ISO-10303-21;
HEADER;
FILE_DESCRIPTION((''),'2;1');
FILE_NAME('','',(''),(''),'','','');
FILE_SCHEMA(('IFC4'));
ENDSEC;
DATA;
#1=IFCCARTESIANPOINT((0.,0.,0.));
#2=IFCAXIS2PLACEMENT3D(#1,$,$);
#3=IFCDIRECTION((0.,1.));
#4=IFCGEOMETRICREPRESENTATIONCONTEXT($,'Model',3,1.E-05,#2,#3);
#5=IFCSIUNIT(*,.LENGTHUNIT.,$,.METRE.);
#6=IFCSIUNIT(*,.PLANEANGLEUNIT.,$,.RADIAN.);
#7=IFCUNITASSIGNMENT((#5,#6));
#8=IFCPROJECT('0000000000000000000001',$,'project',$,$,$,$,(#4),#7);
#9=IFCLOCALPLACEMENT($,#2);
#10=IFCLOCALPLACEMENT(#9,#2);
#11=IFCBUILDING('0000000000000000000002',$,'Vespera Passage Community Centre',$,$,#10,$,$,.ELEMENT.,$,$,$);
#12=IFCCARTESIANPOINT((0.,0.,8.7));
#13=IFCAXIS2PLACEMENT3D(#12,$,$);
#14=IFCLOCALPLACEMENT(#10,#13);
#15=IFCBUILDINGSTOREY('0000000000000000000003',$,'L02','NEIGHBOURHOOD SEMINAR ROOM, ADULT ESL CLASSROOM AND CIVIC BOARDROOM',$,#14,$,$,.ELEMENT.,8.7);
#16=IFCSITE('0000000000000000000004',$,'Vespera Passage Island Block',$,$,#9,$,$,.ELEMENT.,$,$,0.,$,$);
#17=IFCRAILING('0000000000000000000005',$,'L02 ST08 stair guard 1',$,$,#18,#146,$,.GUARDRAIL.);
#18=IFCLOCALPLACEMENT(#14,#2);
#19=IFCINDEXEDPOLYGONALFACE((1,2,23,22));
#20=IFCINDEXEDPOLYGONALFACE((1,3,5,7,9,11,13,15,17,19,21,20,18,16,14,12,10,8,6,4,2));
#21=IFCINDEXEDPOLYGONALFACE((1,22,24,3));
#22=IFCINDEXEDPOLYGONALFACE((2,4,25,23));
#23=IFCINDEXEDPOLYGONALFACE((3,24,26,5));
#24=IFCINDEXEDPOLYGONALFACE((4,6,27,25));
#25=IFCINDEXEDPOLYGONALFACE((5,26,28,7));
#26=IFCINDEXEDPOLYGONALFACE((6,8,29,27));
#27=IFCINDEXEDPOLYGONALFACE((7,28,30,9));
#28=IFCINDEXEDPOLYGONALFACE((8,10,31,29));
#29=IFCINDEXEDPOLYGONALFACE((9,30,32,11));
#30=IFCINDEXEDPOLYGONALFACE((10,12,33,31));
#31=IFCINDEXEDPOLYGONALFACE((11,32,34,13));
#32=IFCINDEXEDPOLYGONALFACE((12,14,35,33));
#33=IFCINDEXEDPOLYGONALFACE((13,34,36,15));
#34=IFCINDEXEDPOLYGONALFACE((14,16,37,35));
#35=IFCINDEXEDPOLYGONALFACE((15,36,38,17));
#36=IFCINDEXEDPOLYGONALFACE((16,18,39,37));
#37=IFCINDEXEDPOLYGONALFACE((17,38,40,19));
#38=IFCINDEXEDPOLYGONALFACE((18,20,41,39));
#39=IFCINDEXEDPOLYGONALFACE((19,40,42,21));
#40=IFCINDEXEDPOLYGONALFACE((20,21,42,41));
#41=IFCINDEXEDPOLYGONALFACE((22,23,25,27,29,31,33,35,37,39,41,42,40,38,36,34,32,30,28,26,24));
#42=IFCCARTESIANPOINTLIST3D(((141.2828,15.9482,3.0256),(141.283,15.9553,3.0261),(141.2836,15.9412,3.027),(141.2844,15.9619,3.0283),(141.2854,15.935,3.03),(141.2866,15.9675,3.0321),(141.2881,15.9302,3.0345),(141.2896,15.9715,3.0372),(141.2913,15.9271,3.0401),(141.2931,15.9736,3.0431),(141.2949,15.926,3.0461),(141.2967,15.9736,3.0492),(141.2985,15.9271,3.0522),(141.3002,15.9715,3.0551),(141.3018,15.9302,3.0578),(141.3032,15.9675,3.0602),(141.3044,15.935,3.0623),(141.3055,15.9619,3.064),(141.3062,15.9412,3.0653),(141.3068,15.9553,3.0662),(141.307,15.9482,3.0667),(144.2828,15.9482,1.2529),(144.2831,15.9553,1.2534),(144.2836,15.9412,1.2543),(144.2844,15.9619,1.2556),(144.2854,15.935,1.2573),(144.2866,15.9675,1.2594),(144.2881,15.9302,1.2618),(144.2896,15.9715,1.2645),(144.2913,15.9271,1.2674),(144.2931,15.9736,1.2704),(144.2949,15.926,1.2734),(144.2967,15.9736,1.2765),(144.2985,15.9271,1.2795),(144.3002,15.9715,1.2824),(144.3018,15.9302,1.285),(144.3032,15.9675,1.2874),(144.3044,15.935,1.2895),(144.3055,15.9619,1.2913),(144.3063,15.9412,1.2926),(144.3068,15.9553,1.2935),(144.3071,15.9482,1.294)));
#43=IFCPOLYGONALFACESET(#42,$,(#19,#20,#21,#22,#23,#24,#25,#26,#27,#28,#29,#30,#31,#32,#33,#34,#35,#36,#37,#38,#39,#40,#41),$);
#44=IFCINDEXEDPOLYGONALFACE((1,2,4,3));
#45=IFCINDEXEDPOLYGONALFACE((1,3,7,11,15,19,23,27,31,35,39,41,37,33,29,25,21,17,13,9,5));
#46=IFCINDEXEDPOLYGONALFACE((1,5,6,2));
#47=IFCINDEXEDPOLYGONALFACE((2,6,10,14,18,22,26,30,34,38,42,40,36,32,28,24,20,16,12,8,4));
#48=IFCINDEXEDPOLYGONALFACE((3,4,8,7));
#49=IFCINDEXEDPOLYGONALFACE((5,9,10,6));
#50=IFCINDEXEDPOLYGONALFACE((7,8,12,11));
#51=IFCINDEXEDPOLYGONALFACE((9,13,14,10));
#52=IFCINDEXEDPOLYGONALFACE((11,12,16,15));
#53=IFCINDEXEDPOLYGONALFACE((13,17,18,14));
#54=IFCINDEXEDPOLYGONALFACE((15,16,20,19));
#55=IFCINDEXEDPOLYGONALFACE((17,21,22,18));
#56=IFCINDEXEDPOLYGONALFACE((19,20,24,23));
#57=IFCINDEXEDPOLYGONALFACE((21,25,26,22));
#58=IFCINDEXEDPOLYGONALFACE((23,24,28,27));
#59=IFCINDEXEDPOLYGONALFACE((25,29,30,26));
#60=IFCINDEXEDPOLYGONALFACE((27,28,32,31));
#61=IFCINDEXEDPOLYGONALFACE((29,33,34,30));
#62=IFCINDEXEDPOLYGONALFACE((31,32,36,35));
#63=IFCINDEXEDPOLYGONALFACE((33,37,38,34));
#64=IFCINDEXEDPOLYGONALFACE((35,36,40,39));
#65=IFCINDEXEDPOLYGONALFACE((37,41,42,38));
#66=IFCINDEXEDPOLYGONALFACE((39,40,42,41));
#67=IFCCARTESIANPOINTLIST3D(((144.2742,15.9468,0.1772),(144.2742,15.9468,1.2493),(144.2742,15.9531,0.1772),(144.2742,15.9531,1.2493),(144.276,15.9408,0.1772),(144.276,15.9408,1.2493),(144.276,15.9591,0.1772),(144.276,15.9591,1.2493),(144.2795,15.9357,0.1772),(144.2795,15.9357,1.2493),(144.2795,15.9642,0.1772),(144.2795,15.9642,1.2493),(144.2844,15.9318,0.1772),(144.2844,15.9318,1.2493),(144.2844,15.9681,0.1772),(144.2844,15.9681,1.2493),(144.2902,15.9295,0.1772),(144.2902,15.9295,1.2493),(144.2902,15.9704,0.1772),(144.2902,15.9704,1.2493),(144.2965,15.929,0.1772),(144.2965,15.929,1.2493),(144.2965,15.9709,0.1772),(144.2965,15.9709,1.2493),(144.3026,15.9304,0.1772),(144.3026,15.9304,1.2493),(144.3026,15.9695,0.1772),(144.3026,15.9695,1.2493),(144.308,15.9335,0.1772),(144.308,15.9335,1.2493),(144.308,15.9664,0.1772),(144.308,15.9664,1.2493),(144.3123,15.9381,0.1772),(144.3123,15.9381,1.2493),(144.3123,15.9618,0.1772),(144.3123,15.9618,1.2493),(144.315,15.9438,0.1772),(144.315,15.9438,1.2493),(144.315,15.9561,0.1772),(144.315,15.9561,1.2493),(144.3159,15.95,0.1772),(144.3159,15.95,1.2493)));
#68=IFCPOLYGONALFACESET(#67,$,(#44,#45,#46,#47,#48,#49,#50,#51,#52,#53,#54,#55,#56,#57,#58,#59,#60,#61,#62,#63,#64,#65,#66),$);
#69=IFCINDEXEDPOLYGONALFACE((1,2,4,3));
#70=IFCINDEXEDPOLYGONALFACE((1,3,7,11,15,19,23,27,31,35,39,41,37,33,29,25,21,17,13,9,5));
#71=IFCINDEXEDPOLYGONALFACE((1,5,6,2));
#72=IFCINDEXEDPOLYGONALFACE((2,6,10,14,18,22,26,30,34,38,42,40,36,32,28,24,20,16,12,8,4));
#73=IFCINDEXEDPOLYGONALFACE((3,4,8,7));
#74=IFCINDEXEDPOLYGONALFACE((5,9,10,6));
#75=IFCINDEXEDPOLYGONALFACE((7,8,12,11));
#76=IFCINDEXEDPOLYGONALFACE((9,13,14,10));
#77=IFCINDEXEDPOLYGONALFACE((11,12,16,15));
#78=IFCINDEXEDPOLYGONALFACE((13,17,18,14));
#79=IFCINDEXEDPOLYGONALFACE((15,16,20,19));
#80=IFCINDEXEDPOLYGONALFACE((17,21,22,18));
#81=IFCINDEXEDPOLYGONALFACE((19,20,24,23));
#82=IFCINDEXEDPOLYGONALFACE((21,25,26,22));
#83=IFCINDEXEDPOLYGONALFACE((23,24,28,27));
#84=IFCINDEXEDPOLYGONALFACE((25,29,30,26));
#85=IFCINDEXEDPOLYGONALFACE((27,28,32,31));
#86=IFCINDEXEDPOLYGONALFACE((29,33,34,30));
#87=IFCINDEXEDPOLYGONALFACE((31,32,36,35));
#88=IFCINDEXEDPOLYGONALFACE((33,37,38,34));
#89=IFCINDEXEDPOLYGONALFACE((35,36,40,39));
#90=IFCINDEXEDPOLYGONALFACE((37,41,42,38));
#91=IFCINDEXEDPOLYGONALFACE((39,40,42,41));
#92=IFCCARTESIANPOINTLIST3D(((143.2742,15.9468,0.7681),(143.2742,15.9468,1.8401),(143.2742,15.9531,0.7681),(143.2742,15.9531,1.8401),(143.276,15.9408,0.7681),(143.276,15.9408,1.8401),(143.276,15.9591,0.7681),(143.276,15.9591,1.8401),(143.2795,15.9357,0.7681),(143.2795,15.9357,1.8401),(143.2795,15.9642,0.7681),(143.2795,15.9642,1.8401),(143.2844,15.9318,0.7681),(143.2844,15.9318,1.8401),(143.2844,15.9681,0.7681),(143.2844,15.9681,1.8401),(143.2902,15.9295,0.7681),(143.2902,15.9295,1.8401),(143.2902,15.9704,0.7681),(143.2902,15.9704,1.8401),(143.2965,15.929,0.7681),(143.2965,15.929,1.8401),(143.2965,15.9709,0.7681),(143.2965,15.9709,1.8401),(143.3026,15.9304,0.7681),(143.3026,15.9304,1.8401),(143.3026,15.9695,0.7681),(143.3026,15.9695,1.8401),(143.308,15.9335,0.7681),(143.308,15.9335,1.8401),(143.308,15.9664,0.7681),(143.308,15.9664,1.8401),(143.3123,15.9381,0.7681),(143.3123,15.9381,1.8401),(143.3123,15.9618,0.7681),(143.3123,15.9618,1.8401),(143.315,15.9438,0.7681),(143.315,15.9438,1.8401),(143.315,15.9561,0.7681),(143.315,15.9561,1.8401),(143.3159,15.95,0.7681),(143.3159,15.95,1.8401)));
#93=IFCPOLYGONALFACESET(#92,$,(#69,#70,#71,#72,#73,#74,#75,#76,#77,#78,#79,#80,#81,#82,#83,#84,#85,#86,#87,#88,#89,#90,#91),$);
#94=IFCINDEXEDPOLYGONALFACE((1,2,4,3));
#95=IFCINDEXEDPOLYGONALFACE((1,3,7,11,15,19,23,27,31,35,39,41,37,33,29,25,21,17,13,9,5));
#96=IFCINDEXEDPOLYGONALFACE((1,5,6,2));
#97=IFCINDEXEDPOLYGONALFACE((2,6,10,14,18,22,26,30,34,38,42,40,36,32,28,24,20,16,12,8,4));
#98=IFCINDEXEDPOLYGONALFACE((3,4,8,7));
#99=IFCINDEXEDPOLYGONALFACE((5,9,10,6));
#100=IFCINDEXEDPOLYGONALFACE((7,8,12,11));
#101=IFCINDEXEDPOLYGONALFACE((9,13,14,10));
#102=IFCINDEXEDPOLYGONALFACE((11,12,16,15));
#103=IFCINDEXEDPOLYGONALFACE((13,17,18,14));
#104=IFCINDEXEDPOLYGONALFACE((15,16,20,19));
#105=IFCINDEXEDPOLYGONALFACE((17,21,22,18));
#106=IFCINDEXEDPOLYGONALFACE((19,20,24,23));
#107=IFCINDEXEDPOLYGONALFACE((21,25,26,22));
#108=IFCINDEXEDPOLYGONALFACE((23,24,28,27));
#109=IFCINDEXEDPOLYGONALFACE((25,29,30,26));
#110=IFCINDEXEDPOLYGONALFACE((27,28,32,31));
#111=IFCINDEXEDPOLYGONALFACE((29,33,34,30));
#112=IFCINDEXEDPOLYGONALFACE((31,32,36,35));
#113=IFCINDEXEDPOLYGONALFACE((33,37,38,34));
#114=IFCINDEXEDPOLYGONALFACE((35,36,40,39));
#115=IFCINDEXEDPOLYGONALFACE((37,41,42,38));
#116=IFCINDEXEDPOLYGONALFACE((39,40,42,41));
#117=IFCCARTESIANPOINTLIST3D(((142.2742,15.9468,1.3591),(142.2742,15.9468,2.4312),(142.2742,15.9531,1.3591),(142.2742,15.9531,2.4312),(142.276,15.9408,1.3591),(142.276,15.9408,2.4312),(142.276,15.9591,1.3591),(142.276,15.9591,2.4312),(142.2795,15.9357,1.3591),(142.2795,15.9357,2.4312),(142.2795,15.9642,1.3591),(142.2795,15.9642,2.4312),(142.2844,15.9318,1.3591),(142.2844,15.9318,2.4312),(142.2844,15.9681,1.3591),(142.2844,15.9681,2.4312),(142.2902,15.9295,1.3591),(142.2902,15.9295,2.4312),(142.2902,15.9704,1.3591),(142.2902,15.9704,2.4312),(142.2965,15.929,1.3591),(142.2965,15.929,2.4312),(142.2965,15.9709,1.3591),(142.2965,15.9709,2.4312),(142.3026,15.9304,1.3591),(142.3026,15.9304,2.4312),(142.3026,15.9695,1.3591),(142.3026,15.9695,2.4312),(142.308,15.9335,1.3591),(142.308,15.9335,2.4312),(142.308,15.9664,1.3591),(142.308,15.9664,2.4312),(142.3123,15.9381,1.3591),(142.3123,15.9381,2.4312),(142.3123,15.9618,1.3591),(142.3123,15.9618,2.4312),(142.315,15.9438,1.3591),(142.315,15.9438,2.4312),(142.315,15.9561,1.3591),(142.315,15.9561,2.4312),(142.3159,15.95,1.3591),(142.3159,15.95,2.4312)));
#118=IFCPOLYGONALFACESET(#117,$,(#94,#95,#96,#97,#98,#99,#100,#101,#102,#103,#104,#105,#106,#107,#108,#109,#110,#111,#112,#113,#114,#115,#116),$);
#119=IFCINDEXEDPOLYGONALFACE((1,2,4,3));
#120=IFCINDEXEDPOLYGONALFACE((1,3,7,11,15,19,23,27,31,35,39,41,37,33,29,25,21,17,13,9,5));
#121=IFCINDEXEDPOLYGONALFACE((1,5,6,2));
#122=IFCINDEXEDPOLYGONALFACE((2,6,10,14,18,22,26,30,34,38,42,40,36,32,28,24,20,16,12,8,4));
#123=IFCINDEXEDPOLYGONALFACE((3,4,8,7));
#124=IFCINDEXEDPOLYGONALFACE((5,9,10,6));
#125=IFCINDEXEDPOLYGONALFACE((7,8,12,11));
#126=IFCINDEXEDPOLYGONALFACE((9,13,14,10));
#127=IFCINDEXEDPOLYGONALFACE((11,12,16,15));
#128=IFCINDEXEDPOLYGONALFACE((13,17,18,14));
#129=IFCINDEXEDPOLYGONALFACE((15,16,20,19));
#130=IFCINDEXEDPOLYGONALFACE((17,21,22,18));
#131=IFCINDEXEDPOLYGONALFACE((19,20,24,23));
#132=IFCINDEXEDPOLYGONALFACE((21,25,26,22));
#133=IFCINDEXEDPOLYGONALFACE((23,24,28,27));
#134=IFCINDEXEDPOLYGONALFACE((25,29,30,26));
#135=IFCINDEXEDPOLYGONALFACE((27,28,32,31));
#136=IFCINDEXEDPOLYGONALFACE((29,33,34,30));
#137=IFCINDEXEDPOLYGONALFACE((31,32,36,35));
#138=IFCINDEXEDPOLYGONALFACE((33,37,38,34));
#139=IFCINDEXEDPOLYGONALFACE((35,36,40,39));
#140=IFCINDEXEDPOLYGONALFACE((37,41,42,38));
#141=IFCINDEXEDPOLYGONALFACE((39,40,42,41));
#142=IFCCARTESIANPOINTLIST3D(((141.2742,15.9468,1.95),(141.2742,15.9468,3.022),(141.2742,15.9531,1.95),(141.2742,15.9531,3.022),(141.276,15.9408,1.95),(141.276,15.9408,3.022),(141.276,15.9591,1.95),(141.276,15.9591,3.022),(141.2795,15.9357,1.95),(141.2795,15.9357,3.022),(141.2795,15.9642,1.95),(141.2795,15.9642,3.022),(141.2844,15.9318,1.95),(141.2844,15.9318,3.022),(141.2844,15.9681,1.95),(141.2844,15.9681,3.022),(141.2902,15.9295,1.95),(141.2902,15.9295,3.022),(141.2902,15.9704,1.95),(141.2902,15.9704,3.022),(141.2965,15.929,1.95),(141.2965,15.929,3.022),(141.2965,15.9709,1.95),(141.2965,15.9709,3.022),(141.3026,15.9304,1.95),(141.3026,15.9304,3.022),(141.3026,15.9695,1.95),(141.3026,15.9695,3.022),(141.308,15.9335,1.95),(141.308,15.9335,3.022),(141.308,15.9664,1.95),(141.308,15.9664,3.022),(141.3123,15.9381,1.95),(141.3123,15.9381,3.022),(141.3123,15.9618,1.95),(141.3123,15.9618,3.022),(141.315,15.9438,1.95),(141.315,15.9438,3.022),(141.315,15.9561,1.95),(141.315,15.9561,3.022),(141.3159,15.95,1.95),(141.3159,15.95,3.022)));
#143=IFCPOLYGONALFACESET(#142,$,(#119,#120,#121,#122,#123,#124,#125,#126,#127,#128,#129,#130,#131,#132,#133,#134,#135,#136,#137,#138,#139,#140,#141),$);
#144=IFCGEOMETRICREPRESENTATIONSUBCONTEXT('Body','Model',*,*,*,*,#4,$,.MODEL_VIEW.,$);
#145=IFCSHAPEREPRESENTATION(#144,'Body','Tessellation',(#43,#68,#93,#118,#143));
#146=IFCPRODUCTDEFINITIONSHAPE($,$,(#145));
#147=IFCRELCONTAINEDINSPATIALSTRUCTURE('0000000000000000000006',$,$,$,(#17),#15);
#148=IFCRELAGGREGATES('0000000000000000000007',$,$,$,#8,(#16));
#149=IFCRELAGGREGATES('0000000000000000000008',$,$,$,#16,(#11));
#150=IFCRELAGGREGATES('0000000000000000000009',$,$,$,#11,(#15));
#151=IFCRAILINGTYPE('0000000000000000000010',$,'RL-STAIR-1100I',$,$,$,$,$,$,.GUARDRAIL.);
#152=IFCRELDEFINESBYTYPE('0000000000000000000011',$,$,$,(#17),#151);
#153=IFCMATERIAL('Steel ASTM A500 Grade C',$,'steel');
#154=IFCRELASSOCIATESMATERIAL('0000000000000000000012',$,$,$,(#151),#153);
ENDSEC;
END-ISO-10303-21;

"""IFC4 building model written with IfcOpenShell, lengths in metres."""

from ifc_helpers import new_model, si_unit, direction, frame, origin, origin_2d, place, context, subcontext, project, spatial, circle, extrude, material, type_object, element, save


model = new_model("IFC4")

# Units and contexts
model_context = context("Model", 3, precision=1e-05, world=origin(), true_north=direction((0.0, 1.0)))
body_context = subcontext(model_context, "Body", "Model", "MODEL_VIEW")
ifc_project = project(units=[si_unit("LENGTHUNIT", "METRE"), si_unit("PLANEANGLEUNIT", "RADIAN")], contexts=[model_context])

# Site, building, storey
site_placement = place(None, origin())
site = spatial("IfcSite", under=ifc_project, at=site_placement, Name="Vespera Passage Island Block", CompositionType="ELEMENT", RefElevation=0.0)
building_placement = place(site_placement, origin())
building = spatial("IfcBuilding", under=site, at=building_placement, Name="Vespera Passage Community Centre", CompositionType="ELEMENT")
storey_placement = place(building_placement, frame((0.0, 0.0, 8.7)))
storey = spatial("IfcBuildingStorey", under=building, at=storey_placement, Name="L02", Description="NEIGHBOURHOOD SEMINAR ROOM, ADULT ESL CLASSROOM AND CIVIC BOARDROOM", CompositionType="ELEMENT", Elevation=8.7)

# Railing
ifc_material_1 = material(Name="Steel ASTM A500 Grade C", Category="steel")
railing_type_1 = type_object("IfcRailingType", Name="RL-STAIR-1100I", PredefinedType="GUARDRAIL", material=ifc_material_1)
railing_1_placement = place(storey_placement, frame((144.2949, 15.95, 0.1772)))
element("IfcRailing", 1, at=railing_1_placement, inside=storey, type_object=railing_type_1, Name="L02 ST08 stair guard 1", PredefinedType="GUARDRAIL", context=body_context, shape_type="SweptSolid", body=[
    extrude(circle(Radius=0.0239, at=origin_2d()), frame((0.0, 0.0, 1.0962), z_axis=(-0.860929, 0.0, 0.508725), x_axis=(0.0, -1.0, 0.0)), (0.0, 0.0, 1.0), 3.4846),
    extrude(circle(Radius=0.021, at=origin_2d()), origin(), (0.0, 0.0, 1.0), 1.072),
    extrude(circle(Radius=0.021, at=origin_2d()), frame((-1.0, 0.0, 0.5908)), (0.0, 0.0, 1.0), 1.072),
    extrude(circle(Radius=0.021, at=origin_2d()), frame((-2.0, 0.0, 1.1819)), (0.0, 0.0, 1.0), 1.072),
    extrude(circle(Radius=0.021, at=origin_2d()), frame((-3.0, 0.0, 1.7727)), (0.0, 0.0, 1.0), 1.072),
])

save(model, "model.ifc")
